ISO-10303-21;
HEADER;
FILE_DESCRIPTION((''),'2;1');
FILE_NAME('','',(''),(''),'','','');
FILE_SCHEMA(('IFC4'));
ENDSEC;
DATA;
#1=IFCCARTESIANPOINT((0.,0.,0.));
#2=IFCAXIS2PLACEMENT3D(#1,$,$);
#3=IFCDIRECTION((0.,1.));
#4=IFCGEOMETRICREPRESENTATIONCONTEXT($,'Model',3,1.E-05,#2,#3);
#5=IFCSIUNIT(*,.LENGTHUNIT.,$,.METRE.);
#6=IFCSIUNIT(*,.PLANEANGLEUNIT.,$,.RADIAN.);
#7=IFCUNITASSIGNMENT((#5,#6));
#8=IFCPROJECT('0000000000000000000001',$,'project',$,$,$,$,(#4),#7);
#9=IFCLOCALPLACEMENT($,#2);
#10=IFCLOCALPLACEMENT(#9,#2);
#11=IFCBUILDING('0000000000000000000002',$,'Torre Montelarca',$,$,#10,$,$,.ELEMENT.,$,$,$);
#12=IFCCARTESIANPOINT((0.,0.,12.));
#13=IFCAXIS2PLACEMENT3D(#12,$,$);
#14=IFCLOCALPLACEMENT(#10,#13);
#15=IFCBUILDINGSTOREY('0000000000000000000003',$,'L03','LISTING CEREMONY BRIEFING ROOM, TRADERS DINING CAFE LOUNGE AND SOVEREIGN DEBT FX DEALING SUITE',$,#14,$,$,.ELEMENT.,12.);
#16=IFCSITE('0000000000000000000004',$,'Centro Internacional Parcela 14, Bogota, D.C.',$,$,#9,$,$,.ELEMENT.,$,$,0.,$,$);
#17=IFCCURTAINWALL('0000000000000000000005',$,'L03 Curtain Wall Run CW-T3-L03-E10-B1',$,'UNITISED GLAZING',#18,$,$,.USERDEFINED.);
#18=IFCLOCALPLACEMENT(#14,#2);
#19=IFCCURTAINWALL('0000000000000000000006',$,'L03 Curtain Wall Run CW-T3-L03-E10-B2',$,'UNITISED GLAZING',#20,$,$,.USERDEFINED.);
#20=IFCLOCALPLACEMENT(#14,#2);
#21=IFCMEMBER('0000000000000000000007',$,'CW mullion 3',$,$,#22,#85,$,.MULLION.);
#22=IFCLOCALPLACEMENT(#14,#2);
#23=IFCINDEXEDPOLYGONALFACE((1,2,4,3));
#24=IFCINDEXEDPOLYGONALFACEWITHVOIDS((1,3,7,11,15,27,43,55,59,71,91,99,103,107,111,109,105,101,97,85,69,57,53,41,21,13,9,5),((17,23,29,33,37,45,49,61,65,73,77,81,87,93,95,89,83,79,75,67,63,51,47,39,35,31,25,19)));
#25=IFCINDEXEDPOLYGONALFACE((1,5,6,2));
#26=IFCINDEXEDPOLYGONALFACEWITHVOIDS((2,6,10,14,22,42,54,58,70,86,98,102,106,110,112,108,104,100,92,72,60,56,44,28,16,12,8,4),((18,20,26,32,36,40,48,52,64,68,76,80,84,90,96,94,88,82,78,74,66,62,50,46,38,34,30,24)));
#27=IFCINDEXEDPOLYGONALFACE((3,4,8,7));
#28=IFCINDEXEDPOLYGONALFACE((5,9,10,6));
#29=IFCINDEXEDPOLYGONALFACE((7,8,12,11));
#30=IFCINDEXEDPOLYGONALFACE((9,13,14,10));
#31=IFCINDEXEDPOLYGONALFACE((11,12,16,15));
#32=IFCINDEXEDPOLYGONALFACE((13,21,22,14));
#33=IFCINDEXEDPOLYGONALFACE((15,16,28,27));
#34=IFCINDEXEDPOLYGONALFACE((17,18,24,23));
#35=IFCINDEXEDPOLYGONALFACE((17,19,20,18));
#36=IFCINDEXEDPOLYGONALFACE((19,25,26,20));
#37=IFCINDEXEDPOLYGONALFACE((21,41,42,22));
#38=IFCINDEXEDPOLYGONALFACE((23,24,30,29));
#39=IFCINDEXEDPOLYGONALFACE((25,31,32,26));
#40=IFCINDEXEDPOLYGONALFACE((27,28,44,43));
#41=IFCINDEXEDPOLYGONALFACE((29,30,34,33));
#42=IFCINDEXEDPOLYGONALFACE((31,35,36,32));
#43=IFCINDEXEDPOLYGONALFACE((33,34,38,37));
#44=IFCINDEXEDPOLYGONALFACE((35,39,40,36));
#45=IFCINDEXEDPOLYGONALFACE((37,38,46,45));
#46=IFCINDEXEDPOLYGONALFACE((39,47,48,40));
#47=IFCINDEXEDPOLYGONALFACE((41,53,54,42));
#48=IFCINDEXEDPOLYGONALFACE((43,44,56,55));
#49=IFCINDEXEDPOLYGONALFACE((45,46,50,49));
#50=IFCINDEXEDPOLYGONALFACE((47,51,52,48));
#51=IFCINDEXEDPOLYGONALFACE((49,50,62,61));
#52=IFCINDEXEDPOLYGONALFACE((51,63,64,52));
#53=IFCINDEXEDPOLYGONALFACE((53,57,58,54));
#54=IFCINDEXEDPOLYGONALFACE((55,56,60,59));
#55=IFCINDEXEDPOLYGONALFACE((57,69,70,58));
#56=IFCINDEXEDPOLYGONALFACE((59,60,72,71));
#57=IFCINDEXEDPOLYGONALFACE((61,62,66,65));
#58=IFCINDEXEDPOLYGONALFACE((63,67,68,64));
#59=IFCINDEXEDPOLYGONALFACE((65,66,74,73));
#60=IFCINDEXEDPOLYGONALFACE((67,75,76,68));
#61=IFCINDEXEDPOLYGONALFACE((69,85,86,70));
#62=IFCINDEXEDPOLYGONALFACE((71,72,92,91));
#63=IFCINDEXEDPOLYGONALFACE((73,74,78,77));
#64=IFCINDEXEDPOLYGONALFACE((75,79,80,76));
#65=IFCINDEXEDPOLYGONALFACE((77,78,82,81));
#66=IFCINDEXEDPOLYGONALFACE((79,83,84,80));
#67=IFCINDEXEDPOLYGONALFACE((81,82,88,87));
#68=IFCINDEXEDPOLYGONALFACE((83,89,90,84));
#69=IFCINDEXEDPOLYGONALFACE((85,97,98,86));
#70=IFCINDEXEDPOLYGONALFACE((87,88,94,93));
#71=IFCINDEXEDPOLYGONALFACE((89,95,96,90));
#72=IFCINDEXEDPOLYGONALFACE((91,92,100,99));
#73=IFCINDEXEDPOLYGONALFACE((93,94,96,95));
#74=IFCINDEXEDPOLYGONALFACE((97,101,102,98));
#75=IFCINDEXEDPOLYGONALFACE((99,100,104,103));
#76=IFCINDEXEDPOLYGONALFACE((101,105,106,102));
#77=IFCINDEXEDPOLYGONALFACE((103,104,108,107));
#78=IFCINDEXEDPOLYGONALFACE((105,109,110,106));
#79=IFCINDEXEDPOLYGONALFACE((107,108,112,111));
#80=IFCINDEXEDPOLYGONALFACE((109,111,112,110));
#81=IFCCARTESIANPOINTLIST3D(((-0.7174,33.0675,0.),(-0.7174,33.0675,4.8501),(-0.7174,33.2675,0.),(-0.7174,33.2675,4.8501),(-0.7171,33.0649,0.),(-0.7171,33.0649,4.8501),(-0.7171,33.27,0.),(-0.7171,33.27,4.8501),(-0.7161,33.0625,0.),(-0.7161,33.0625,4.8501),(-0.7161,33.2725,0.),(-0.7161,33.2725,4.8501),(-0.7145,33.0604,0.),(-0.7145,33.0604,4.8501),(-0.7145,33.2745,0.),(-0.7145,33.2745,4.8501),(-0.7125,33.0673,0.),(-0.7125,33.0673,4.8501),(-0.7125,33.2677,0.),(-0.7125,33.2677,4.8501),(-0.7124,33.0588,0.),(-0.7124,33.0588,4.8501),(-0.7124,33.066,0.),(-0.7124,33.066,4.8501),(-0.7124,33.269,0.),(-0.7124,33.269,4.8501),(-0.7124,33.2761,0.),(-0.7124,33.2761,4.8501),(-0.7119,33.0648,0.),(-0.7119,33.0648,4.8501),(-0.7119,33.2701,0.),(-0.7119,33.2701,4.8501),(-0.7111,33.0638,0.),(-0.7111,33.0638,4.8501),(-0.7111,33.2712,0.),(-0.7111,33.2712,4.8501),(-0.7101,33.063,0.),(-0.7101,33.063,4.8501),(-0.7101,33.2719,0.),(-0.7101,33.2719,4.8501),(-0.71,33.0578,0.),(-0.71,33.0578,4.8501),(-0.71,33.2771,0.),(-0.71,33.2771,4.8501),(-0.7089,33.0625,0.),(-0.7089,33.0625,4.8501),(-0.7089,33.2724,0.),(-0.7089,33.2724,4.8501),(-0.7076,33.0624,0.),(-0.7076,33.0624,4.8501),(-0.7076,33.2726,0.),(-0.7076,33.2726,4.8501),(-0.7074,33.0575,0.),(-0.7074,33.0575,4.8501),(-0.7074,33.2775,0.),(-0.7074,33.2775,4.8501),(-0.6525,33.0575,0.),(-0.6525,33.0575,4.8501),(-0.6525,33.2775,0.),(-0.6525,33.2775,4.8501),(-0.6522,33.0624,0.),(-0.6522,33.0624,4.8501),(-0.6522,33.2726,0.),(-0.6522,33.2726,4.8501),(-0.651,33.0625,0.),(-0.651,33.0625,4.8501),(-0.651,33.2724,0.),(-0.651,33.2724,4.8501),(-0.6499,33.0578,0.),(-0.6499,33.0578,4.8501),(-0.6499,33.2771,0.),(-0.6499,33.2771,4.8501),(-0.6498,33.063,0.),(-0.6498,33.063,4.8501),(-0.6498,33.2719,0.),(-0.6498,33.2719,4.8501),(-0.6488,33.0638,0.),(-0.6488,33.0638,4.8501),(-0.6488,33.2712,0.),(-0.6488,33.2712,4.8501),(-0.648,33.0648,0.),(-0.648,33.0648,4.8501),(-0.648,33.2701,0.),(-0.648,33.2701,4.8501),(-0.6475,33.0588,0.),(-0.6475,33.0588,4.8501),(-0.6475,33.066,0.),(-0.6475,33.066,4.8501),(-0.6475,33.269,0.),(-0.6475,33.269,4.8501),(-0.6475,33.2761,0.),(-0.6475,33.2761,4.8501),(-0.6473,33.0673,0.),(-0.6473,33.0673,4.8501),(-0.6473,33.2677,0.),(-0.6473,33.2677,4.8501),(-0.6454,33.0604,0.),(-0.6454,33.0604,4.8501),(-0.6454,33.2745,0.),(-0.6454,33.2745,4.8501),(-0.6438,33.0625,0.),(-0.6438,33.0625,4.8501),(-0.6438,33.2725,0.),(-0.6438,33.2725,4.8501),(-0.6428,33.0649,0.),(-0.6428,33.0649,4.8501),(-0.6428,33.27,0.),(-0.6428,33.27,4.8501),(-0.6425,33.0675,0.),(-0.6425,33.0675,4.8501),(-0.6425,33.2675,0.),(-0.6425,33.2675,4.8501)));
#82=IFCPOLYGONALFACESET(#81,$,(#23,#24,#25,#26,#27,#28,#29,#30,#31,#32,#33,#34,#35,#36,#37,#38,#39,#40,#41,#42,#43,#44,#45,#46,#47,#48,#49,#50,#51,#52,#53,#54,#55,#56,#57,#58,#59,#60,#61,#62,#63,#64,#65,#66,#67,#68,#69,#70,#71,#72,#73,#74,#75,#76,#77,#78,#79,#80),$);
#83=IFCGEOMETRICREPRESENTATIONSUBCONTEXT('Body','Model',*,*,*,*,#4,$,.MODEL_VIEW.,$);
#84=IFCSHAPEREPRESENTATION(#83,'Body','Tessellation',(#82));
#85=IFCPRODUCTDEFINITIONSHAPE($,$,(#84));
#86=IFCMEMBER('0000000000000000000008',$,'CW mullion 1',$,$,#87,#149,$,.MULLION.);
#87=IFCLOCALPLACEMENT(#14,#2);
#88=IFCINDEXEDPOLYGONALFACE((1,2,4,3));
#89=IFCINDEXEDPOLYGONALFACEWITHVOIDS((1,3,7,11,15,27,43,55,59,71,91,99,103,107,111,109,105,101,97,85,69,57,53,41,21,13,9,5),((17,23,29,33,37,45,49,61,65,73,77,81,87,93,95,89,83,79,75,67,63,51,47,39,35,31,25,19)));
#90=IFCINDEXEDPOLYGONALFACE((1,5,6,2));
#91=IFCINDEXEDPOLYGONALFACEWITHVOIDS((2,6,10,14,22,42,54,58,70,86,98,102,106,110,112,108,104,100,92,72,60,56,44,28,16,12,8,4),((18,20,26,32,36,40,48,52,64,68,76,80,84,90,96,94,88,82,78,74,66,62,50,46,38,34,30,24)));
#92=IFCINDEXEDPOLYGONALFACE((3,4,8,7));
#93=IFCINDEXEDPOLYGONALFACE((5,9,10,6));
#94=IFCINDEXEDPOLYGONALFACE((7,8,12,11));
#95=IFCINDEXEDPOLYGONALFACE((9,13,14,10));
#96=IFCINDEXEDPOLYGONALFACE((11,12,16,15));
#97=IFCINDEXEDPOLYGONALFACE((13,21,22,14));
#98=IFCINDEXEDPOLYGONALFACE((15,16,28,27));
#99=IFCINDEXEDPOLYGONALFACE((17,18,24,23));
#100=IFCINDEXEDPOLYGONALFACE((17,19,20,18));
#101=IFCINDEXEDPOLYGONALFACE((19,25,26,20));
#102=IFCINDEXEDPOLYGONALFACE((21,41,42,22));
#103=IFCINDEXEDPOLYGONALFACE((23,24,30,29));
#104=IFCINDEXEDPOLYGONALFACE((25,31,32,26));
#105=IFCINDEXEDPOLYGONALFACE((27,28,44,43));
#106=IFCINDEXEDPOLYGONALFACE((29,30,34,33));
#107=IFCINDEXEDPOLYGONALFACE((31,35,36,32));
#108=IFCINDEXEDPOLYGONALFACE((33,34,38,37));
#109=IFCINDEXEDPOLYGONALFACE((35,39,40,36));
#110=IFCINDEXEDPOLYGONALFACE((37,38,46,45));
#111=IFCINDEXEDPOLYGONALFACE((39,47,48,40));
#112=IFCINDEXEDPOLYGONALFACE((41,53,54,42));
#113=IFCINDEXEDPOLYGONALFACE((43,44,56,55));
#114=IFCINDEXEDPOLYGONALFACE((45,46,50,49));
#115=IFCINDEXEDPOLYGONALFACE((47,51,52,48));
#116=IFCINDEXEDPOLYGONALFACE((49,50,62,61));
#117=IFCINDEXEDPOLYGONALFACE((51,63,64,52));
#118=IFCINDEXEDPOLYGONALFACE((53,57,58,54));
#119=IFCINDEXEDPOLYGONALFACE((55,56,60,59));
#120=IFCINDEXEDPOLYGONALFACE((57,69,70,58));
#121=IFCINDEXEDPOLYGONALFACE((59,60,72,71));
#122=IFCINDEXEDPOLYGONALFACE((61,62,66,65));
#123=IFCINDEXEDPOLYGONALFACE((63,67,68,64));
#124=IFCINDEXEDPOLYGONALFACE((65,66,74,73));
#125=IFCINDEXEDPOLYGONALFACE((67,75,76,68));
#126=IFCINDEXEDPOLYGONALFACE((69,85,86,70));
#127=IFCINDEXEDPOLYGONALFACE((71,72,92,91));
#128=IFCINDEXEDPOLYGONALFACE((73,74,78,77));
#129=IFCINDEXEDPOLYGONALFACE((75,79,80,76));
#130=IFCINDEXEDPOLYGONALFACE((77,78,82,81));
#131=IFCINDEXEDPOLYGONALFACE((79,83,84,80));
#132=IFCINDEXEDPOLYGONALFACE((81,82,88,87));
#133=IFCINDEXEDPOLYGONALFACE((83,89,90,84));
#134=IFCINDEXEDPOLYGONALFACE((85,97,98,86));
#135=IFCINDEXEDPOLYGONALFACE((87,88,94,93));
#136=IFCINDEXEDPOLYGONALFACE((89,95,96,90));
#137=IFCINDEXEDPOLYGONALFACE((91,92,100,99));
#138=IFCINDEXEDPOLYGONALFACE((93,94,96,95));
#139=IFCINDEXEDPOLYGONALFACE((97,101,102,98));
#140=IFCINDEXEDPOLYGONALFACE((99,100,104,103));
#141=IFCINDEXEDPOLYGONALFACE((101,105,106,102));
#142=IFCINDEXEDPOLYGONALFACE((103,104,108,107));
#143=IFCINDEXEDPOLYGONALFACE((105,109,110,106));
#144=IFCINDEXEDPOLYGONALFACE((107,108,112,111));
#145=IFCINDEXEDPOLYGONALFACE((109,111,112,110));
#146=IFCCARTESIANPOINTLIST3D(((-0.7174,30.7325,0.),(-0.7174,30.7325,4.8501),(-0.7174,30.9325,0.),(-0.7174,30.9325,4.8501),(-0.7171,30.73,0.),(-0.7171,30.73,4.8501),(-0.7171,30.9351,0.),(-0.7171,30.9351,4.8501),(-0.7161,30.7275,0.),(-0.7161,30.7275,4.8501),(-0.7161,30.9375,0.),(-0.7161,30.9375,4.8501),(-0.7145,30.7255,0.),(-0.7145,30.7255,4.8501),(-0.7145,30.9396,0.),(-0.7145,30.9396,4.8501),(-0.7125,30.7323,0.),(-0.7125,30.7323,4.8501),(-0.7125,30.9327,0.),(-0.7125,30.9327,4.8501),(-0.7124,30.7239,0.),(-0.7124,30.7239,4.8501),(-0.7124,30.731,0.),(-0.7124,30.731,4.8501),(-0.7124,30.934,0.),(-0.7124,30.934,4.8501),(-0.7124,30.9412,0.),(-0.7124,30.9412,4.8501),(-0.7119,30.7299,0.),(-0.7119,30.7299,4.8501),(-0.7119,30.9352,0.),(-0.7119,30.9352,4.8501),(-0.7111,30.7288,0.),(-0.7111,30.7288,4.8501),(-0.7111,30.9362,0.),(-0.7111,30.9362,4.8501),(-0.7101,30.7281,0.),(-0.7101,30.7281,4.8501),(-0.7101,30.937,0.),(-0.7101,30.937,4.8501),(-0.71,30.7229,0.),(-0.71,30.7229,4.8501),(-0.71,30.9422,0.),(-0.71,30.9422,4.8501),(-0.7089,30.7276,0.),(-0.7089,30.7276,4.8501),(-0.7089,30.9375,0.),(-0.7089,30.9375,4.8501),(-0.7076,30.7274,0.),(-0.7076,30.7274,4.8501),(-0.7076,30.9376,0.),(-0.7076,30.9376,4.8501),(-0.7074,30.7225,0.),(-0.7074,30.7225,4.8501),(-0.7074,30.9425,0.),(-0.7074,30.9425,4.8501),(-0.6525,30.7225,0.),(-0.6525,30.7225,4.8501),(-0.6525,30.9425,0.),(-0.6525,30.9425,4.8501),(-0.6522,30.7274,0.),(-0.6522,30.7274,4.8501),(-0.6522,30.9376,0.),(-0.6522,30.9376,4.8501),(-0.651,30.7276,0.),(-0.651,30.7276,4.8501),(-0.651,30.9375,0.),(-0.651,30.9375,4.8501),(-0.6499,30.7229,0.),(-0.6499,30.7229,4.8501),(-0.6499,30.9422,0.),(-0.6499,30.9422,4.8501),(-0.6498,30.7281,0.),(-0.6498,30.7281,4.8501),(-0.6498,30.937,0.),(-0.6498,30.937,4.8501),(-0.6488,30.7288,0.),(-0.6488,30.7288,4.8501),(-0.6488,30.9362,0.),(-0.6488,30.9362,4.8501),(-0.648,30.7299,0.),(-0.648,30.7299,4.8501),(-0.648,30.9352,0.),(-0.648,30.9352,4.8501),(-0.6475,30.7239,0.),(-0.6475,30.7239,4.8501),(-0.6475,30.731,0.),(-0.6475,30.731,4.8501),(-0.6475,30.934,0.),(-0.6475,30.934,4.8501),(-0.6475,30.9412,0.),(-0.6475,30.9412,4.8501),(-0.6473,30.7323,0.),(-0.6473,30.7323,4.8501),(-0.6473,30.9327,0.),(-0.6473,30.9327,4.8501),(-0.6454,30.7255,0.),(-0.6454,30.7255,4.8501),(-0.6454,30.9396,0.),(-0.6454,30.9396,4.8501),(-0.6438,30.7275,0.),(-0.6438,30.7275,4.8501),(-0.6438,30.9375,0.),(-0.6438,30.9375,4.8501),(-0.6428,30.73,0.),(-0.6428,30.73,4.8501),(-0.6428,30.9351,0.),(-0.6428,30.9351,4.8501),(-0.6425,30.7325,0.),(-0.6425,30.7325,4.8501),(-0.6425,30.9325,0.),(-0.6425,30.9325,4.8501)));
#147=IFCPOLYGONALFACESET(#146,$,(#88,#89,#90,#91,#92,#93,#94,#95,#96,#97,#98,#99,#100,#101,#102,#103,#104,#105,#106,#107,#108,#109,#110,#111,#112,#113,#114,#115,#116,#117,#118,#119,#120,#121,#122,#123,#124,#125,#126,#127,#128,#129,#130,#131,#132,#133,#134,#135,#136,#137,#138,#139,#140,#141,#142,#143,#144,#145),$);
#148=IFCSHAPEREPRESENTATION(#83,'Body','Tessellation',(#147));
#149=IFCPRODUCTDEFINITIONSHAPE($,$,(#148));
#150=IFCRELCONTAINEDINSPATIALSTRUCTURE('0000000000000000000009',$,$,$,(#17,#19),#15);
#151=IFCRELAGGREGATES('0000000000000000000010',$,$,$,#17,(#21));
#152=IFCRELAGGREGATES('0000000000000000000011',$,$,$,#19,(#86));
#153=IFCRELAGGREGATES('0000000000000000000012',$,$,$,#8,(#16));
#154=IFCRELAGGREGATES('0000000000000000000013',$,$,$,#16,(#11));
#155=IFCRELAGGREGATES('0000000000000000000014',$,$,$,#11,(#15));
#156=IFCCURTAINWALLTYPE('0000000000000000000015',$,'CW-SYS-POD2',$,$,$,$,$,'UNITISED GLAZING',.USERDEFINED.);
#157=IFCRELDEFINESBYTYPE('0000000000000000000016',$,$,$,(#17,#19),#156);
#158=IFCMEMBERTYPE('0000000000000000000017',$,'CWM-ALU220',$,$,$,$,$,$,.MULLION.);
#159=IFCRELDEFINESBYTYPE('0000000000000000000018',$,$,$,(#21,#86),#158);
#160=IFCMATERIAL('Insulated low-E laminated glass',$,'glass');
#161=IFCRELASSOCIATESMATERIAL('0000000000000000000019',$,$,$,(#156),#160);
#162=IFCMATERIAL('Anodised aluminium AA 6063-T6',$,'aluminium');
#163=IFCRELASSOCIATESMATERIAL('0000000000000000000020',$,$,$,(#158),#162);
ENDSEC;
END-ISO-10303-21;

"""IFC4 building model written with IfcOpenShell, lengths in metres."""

from ifc_helpers import new_model, si_unit, direction, frame, origin, origin_2d, place, context, subcontext, project, spatial, hollow_rectangle, extrude, source, transform, mapped, material, material_profile, profile_set, type_object, element, aggregate, save


model = new_model("IFC4")

# Units and contexts
model_context = context("Model", 3, precision=1e-05, world=origin(), true_north=direction((0.0, 1.0)))
body_context = subcontext(model_context, "Body", "Model", "MODEL_VIEW")
ifc_project = project(units=[si_unit("LENGTHUNIT", "METRE"), si_unit("PLANEANGLEUNIT", "RADIAN")], contexts=[model_context])

# Site, building, storey
site_placement = place(None, origin())
site = spatial("IfcSite", under=ifc_project, at=site_placement, Name="Centro Internacional Parcela 14, Bogota, D.C.", CompositionType="ELEMENT", RefElevation=0.0)
building_placement = place(site_placement, origin())
building = spatial("IfcBuilding", under=site, at=building_placement, Name="Torre Montelarca", CompositionType="ELEMENT")
storey_placement = place(building_placement, frame((0.0, 0.0, 12.0)))
storey = spatial("IfcBuildingStorey", under=building, at=storey_placement, Name="L03", Description="LISTING CEREMONY BRIEFING ROOM, TRADERS DINING CAFE LOUNGE AND SOVEREIGN DEBT FX DEALING SUITE", CompositionType="ELEMENT", Elevation=12.0)

# Curtain walls
ifc_material_1 = material(Name="Insulated low-E laminated glass", Category="glass")
curtain_wall_type = type_object("IfcCurtainWallType", Name="CW-SYS-POD2", ElementType="UNITISED GLAZING", PredefinedType="USERDEFINED", material=ifc_material_1)
curtain_wall_1_placement = place(storey_placement, origin())
curtain_wall_1 = element("IfcCurtainWall", 1, at=curtain_wall_1_placement, inside=storey, type_object=curtain_wall_type, Name="L03 Curtain Wall Run CW-T3-L03-E10-B1", ObjectType="UNITISED GLAZING", PredefinedType="USERDEFINED")
ifc_material_2 = material(Name="Anodised aluminium AA 6063-T6", Category="aluminium")
curtain_wall_2_placement = place(storey_placement, origin())
curtain_wall_2 = element("IfcCurtainWall", 2, at=curtain_wall_2_placement, inside=storey, type_object=curtain_wall_type, Name="L03 Curtain Wall Run CW-T3-L03-E10-B2", ObjectType="UNITISED GLAZING", PredefinedType="USERDEFINED")

# Members
ifc_material_profile_1 = material_profile(ifc_material_2, hollow_rectangle(XDim=0.075, YDim=0.22, WallThickness=0.0049, InnerFilletRadius=0.0049, OuterFilletRadius=0.01, at=origin_2d()), Name="ALU75X220X5", Category="aluminium")
ifc_profile_set_1 = profile_set([ifc_material_profile_1], Name="Anodised aluminium AA 6063-T6")
member_type_1 = type_object("IfcMemberType", Name="CWM-ALU220", PredefinedType="MULLION", material=ifc_profile_set_1)
shared_shape_1 = source(origin(), body_context, "Body", "SweptSolid", [
    extrude(hollow_rectangle(XDim=0.075, YDim=0.22, WallThickness=0.0049, InnerFilletRadius=0.0049, OuterFilletRadius=0.01, at=origin_2d()), origin(), (0.0, 0.0, 1.0), 4.8501),
])
member_1_placement = place(storey_placement, frame((-0.6799, 33.1675, 0.0), z_axis=(0.0, 0.0, 1.0), x_axis=(1.0, 0.0, 0.0)))
member_1 = element("IfcMember", 3, at=member_1_placement, type_object=member_type_1, Name="CW mullion 3", PredefinedType="MULLION", context=body_context, shape_type="MappedRepresentation", body=[
    mapped(shared_shape_1, transform((0.0, 0.0, 0.0), scale=1.0)),
])
member_2_placement = place(storey_placement, frame((-0.6799, 30.8325, 0.0), z_axis=(0.0, 0.0, 1.0), x_axis=(1.0, 0.0, 0.0)))
member_2 = element("IfcMember", 4, at=member_2_placement, type_object=member_type_1, Name="CW mullion 1", PredefinedType="MULLION", context=body_context, shape_type="MappedRepresentation", body=[
    mapped(shared_shape_1, transform((0.0, 0.0, 0.0), scale=1.0)),
])

aggregate(curtain_wall_1, [member_1])
aggregate(curtain_wall_2, [member_2])

save(model, "model.ifc")
